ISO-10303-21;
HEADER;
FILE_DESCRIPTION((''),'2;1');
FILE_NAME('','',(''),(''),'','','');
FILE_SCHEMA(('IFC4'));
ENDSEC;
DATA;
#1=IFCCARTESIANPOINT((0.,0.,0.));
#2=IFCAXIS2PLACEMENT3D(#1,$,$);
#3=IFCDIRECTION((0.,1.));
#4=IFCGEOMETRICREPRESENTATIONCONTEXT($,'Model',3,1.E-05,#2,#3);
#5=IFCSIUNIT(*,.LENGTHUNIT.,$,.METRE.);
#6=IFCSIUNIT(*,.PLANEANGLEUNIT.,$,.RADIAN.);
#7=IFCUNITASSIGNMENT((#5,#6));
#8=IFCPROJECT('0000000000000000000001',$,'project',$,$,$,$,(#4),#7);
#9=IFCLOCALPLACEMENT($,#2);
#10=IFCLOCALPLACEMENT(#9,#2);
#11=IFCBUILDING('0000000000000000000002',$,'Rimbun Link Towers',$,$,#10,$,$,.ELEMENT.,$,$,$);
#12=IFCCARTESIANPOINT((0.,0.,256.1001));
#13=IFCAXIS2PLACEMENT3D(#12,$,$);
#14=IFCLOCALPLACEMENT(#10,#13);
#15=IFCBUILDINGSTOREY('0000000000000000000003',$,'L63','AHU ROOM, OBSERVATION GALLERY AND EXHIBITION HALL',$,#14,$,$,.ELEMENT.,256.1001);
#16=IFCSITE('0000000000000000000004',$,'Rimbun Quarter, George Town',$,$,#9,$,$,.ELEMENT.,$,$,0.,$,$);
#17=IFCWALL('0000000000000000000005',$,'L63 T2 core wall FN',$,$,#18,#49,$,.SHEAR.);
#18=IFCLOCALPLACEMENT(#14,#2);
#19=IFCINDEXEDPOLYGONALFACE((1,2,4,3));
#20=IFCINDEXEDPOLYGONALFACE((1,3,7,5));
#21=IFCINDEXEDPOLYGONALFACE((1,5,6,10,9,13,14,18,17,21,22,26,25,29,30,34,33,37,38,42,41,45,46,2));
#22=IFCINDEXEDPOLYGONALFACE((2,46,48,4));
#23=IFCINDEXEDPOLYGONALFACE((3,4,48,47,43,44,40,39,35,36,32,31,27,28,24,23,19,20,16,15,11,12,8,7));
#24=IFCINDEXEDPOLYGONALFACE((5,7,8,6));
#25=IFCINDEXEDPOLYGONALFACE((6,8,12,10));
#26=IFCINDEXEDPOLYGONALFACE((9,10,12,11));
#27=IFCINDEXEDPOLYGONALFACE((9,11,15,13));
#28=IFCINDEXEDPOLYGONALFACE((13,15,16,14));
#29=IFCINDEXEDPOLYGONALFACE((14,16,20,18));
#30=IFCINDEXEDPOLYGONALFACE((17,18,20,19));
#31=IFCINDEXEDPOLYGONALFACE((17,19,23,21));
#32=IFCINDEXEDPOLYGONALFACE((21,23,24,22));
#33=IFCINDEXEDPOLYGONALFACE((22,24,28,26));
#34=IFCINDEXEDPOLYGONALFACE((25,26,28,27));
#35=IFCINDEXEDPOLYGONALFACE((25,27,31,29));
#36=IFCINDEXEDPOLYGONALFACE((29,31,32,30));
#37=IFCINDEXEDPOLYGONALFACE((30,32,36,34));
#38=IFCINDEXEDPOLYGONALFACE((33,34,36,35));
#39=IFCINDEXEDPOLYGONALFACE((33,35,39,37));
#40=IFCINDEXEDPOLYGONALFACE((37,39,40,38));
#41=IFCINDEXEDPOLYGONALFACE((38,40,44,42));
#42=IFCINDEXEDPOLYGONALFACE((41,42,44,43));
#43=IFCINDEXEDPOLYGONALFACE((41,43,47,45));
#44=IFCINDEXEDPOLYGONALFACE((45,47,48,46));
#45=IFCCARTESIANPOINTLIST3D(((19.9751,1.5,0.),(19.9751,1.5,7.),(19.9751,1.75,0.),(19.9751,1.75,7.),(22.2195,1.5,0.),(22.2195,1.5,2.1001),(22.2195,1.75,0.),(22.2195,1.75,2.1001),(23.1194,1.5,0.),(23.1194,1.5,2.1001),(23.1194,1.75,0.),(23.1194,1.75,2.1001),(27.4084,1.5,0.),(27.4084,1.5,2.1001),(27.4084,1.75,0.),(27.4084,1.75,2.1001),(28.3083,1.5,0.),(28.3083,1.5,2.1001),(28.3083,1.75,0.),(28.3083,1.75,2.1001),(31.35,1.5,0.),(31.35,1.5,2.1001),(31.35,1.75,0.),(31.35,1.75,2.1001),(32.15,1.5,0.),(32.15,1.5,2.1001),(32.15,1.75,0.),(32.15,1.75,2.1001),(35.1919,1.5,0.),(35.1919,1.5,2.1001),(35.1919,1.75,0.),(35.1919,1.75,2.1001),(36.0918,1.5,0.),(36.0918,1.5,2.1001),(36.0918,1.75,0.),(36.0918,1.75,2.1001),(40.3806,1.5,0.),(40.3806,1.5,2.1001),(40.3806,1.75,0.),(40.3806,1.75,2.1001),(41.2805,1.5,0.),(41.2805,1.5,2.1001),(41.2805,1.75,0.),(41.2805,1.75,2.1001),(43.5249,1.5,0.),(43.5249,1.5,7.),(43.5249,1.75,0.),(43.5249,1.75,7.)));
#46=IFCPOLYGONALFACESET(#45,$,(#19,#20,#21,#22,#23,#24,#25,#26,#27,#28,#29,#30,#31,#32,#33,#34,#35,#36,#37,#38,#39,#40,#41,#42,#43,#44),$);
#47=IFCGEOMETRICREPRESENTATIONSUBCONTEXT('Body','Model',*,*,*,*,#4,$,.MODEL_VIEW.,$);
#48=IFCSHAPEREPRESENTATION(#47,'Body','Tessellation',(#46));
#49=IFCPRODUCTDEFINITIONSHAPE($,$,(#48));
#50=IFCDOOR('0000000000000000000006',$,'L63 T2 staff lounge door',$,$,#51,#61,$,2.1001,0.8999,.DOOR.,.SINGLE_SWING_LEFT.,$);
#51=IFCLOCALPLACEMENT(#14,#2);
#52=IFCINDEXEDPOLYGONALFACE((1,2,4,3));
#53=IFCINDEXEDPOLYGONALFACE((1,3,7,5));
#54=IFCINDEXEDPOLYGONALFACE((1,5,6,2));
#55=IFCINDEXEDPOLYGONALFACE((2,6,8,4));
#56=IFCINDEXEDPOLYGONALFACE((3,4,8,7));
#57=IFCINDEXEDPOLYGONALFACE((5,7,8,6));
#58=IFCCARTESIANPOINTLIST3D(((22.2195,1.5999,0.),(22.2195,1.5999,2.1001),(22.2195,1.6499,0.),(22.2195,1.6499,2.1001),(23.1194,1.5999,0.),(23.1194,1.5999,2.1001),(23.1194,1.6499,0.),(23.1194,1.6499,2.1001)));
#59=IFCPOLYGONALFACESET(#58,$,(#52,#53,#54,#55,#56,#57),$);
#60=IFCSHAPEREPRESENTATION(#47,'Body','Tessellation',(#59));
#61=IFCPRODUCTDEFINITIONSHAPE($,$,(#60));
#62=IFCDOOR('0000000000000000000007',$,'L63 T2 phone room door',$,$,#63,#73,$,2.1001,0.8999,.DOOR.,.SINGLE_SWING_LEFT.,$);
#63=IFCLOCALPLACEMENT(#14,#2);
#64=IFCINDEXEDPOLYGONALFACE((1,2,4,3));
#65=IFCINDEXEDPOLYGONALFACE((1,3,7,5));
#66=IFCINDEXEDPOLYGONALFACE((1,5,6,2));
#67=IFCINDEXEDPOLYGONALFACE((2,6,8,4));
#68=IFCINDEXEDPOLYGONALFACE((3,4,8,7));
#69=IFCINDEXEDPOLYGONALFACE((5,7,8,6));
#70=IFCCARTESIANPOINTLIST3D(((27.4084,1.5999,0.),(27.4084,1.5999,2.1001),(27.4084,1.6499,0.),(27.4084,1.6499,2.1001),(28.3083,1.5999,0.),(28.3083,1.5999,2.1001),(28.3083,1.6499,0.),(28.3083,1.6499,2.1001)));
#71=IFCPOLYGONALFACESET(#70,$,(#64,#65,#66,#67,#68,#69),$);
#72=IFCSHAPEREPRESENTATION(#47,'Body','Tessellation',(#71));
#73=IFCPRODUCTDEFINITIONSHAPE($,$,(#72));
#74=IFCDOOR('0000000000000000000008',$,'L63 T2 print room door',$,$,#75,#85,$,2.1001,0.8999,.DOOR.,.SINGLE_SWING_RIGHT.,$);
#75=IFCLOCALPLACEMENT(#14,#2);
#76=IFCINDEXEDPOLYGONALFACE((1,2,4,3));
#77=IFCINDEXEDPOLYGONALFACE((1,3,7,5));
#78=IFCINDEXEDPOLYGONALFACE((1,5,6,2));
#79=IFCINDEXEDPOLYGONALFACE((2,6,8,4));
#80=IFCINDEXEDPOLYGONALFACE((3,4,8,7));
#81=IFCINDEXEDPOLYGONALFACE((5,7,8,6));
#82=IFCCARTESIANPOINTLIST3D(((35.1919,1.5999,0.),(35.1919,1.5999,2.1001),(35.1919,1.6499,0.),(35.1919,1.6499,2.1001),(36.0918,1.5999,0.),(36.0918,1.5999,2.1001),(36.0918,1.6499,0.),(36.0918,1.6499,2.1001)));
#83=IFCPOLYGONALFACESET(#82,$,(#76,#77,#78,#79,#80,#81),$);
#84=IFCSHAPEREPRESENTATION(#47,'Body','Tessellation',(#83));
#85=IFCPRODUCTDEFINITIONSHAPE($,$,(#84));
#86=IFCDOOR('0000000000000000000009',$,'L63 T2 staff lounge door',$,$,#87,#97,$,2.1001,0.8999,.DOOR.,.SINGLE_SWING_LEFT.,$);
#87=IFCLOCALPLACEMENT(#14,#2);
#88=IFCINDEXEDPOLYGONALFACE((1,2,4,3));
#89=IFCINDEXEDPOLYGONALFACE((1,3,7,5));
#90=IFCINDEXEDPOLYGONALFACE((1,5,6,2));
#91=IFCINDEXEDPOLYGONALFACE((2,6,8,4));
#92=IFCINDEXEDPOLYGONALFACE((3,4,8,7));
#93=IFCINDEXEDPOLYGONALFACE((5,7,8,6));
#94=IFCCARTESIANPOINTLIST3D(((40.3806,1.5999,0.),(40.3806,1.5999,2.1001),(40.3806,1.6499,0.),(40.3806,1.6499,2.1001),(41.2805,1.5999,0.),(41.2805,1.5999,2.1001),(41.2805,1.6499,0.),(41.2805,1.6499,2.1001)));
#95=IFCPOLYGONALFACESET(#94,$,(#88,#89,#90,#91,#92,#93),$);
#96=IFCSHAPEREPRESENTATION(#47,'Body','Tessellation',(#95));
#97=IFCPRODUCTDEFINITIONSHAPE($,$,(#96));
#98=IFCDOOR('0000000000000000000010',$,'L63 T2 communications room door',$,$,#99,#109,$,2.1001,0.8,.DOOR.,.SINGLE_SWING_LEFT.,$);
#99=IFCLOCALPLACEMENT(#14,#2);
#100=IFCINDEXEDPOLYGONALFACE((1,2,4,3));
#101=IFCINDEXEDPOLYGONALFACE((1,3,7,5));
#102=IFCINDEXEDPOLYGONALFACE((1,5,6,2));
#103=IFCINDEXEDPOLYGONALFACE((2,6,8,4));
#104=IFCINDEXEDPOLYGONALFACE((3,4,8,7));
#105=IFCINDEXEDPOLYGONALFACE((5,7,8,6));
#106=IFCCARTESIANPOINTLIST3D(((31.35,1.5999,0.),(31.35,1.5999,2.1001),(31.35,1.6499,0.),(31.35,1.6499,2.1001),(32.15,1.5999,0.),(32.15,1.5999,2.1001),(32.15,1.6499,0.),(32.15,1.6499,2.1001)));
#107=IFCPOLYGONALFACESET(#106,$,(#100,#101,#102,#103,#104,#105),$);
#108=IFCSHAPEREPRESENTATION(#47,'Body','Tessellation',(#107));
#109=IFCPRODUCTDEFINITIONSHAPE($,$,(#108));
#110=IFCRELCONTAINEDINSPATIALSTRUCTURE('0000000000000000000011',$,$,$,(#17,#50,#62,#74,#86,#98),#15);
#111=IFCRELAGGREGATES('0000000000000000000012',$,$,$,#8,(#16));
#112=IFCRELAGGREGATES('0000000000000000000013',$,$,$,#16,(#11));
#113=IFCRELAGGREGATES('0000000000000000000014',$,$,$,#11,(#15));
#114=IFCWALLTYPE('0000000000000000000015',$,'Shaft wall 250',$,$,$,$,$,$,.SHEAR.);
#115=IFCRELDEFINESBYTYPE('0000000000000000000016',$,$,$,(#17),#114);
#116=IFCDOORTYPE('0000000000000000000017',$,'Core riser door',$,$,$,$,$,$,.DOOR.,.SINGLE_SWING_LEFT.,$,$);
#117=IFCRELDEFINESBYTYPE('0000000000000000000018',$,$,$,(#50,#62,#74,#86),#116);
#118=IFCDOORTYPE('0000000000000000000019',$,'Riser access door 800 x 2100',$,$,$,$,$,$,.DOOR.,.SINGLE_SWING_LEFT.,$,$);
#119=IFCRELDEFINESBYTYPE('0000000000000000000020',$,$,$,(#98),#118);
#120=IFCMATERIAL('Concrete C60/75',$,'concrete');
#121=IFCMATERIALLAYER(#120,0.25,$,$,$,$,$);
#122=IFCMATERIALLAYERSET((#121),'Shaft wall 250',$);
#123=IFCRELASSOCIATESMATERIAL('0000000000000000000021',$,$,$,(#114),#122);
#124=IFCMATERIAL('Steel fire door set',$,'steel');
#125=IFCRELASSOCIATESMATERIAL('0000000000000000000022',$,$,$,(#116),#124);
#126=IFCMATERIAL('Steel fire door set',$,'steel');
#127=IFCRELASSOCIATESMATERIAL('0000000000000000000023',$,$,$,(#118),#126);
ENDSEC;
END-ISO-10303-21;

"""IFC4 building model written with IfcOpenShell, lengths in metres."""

from ifc_helpers import new_model, si_unit, direction, frame, frame_2d, origin, place, context, subcontext, project, spatial, rectangle, extrude, material, layer, layer_set, type_object, element, fill, save


model = new_model("IFC4")

# Units and contexts
model_context = context("Model", 3, precision=1e-05, world=origin(), true_north=direction((0.0, 1.0)))
body_context = subcontext(model_context, "Body", "Model", "MODEL_VIEW")
ifc_project = project(units=[si_unit("LENGTHUNIT", "METRE"), si_unit("PLANEANGLEUNIT", "RADIAN")], contexts=[model_context])

# Site, building, storey
site_placement = place(None, origin())
site = spatial("IfcSite", under=ifc_project, at=site_placement, Name="Rimbun Quarter, George Town", CompositionType="ELEMENT", RefElevation=0.0)
building_placement = place(site_placement, origin())
building = spatial("IfcBuilding", under=site, at=building_placement, Name="Rimbun Link Towers", CompositionType="ELEMENT")
storey_placement = place(building_placement, frame((0.0, 0.0, 256.1001)))
storey = spatial("IfcBuildingStorey", under=building, at=storey_placement, Name="L63", Description="AHU ROOM, OBSERVATION GALLERY AND EXHIBITION HALL", CompositionType="ELEMENT", Elevation=256.1001)

# Shared definitions
ifc_material_1 = material(Name="Concrete C60/75", Category="concrete")
ifc_layer_1 = layer(ifc_material_1, 0.25)
ifc_layer_set_1 = layer_set([ifc_layer_1], Name="Shaft wall 250")
wall_type_1 = type_object("IfcWallType", Name="Shaft wall 250", PredefinedType="SHEAR", material=ifc_layer_set_1)

# Wall, openings, doors
wall_1_placement = place(storey_placement, frame((19.9751, 1.625, 0.0), z_axis=(0.0, 0.0, 1.0), x_axis=(1.0, 0.0, 0.0)))
wall_1 = element("IfcWall", 1, at=wall_1_placement, inside=storey, type_object=wall_type_1, Name="L63 T2 core wall FN", PredefinedType="SHEAR", context=body_context, shape_type="SweptSolid", body=[
    extrude(rectangle(XDim=23.5498, YDim=0.25, at=frame_2d((11.7749, 0.0))), origin(), (0.0, 0.0, 1.0), 7.0),
])
opening_1_placement = place(wall_1_placement, frame((2.2444, 0.0, 0.0)))
opening_1 = element("IfcOpeningElement", 2, at=opening_1_placement, cuts=wall_1, PredefinedType="OPENING", context=body_context, shape_type="SweptSolid", body=[
    extrude(rectangle(XDim=0.8999, YDim=2.1001, at=frame_2d((0.45, 1.05))), frame((0.0, 0.135, 0.0), z_axis=(0.0, -1.0, 0.0), x_axis=(1.0, 0.0, 0.0)), (0.0, 0.0, 1.0), 0.27),
])
opening_2_placement = place(wall_1_placement, frame((7.4333, 0.0, 0.0)))
opening_2 = element("IfcOpeningElement", 3, at=opening_2_placement, cuts=wall_1, PredefinedType="OPENING", context=body_context, shape_type="SweptSolid", body=[
    extrude(rectangle(XDim=0.8999, YDim=2.1001, at=frame_2d((0.45, 1.05))), frame((0.0, 0.135, 0.0), z_axis=(0.0, -1.0, 0.0), x_axis=(1.0, 0.0, 0.0)), (0.0, 0.0, 1.0), 0.27),
])
opening_3_placement = place(wall_1_placement, frame((11.375, 0.0, 0.0)))
opening_3 = element("IfcOpeningElement", 4, at=opening_3_placement, cuts=wall_1, PredefinedType="OPENING", context=body_context, shape_type="SweptSolid", body=[
    extrude(rectangle(XDim=0.8, YDim=2.1001, at=frame_2d((0.3999, 1.05))), frame((0.0, 0.135, 0.0), z_axis=(0.0, -1.0, 0.0), x_axis=(1.0, 0.0, 0.0)), (0.0, 0.0, 1.0), 0.27),
])
opening_4_placement = place(wall_1_placement, frame((15.2168, 0.0, 0.0)))
opening_4 = element("IfcOpeningElement", 5, at=opening_4_placement, cuts=wall_1, PredefinedType="OPENING", context=body_context, shape_type="SweptSolid", body=[
    extrude(rectangle(XDim=0.8999, YDim=2.1001, at=frame_2d((0.45, 1.05))), frame((0.0, 0.135, 0.0), z_axis=(0.0, -1.0, 0.0), x_axis=(1.0, 0.0, 0.0)), (0.0, 0.0, 1.0), 0.27),
])
opening_5_placement = place(wall_1_placement, frame((20.4055, 0.0, 0.0)))
opening_5 = element("IfcOpeningElement", 6, at=opening_5_placement, cuts=wall_1, PredefinedType="OPENING", context=body_context, shape_type="SweptSolid", body=[
    extrude(rectangle(XDim=0.8999, YDim=2.1001, at=frame_2d((0.45, 1.05))), frame((0.0, 0.135, 0.0), z_axis=(0.0, -1.0, 0.0), x_axis=(1.0, 0.0, 0.0)), (0.0, 0.0, 1.0), 0.27),
])
ifc_material_2 = material(Name="Steel fire door set", Category="steel")
door_type_1 = type_object("IfcDoorType", Name="Core riser door", OperationType="SINGLE_SWING_LEFT", PredefinedType="DOOR", material=ifc_material_2)
door_1_placement = place(opening_1_placement, origin())
door_1 = element("IfcDoor", 7, at=door_1_placement, inside=storey, type_object=door_type_1, Name="L63 T2 staff lounge door", OperationType="SINGLE_SWING_LEFT", OverallHeight=2.1001, OverallWidth=0.8999, PredefinedType="DOOR", context=body_context, shape_type="SweptSolid", body=[
    extrude(rectangle(XDim=0.8999, YDim=2.1001, at=frame_2d((0.45, 1.05))), frame((0.0, 0.0249, 0.0), z_axis=(0.0, -1.0, 0.0), x_axis=(1.0, 0.0, 0.0)), (0.0, 0.0, 1.0), 0.05),
])
fill(opening_1, door_1)
door_2_placement = place(opening_2_placement, origin())
door_2 = element("IfcDoor", 8, at=door_2_placement, inside=storey, type_object=door_type_1, Name="L63 T2 phone room door", OperationType="SINGLE_SWING_LEFT", OverallHeight=2.1001, OverallWidth=0.8999, PredefinedType="DOOR", context=body_context, shape_type="SweptSolid", body=[
    extrude(rectangle(XDim=0.8999, YDim=2.1001, at=frame_2d((0.45, 1.05))), frame((0.0, 0.0249, 0.0), z_axis=(0.0, -1.0, 0.0), x_axis=(1.0, 0.0, 0.0)), (0.0, 0.0, 1.0), 0.05),
])
fill(opening_2, door_2)
door_3_placement = place(opening_4_placement, origin())
door_3 = element("IfcDoor", 9, at=door_3_placement, inside=storey, type_object=door_type_1, Name="L63 T2 print room door", OperationType="SINGLE_SWING_RIGHT", OverallHeight=2.1001, OverallWidth=0.8999, PredefinedType="DOOR", context=body_context, shape_type="SweptSolid", body=[
    extrude(rectangle(XDim=0.8999, YDim=2.1001, at=frame_2d((0.45, 1.05))), frame((0.0, 0.0249, 0.0), z_axis=(0.0, -1.0, 0.0), x_axis=(1.0, 0.0, 0.0)), (0.0, 0.0, 1.0), 0.05),
])
fill(opening_4, door_3)
door_4_placement = place(opening_5_placement, origin())
door_4 = element("IfcDoor", 10, at=door_4_placement, inside=storey, type_object=door_type_1, Name="L63 T2 staff lounge door", OperationType="SINGLE_SWING_LEFT", OverallHeight=2.1001, OverallWidth=0.8999, PredefinedType="DOOR", context=body_context, shape_type="SweptSolid", body=[
    extrude(rectangle(XDim=0.8999, YDim=2.1001, at=frame_2d((0.45, 1.05))), frame((0.0, 0.0249, 0.0), z_axis=(0.0, -1.0, 0.0), x_axis=(1.0, 0.0, 0.0)), (0.0, 0.0, 1.0), 0.05),
])
fill(opening_5, door_4)
ifc_material_3 = material(Name="Steel fire door set", Category="steel")
door_type_2 = type_object("IfcDoorType", Name="Riser access door 800 x 2100", OperationType="SINGLE_SWING_LEFT", PredefinedType="DOOR", material=ifc_material_3)
door_5_placement = place(opening_3_placement, origin())
door_5 = element("IfcDoor", 11, at=door_5_placement, inside=storey, type_object=door_type_2, Name="L63 T2 communications room door", OperationType="SINGLE_SWING_LEFT", OverallHeight=2.1001, OverallWidth=0.8, PredefinedType="DOOR", context=body_context, shape_type="SweptSolid", body=[
    extrude(rectangle(XDim=0.8, YDim=2.1001, at=frame_2d((0.3999, 1.05))), frame((0.0, 0.0249, 0.0), z_axis=(0.0, -1.0, 0.0), x_axis=(1.0, 0.0, 0.0)), (0.0, 0.0, 1.0), 0.05),
])
fill(opening_3, door_5)

save(model, "model.ifc")
